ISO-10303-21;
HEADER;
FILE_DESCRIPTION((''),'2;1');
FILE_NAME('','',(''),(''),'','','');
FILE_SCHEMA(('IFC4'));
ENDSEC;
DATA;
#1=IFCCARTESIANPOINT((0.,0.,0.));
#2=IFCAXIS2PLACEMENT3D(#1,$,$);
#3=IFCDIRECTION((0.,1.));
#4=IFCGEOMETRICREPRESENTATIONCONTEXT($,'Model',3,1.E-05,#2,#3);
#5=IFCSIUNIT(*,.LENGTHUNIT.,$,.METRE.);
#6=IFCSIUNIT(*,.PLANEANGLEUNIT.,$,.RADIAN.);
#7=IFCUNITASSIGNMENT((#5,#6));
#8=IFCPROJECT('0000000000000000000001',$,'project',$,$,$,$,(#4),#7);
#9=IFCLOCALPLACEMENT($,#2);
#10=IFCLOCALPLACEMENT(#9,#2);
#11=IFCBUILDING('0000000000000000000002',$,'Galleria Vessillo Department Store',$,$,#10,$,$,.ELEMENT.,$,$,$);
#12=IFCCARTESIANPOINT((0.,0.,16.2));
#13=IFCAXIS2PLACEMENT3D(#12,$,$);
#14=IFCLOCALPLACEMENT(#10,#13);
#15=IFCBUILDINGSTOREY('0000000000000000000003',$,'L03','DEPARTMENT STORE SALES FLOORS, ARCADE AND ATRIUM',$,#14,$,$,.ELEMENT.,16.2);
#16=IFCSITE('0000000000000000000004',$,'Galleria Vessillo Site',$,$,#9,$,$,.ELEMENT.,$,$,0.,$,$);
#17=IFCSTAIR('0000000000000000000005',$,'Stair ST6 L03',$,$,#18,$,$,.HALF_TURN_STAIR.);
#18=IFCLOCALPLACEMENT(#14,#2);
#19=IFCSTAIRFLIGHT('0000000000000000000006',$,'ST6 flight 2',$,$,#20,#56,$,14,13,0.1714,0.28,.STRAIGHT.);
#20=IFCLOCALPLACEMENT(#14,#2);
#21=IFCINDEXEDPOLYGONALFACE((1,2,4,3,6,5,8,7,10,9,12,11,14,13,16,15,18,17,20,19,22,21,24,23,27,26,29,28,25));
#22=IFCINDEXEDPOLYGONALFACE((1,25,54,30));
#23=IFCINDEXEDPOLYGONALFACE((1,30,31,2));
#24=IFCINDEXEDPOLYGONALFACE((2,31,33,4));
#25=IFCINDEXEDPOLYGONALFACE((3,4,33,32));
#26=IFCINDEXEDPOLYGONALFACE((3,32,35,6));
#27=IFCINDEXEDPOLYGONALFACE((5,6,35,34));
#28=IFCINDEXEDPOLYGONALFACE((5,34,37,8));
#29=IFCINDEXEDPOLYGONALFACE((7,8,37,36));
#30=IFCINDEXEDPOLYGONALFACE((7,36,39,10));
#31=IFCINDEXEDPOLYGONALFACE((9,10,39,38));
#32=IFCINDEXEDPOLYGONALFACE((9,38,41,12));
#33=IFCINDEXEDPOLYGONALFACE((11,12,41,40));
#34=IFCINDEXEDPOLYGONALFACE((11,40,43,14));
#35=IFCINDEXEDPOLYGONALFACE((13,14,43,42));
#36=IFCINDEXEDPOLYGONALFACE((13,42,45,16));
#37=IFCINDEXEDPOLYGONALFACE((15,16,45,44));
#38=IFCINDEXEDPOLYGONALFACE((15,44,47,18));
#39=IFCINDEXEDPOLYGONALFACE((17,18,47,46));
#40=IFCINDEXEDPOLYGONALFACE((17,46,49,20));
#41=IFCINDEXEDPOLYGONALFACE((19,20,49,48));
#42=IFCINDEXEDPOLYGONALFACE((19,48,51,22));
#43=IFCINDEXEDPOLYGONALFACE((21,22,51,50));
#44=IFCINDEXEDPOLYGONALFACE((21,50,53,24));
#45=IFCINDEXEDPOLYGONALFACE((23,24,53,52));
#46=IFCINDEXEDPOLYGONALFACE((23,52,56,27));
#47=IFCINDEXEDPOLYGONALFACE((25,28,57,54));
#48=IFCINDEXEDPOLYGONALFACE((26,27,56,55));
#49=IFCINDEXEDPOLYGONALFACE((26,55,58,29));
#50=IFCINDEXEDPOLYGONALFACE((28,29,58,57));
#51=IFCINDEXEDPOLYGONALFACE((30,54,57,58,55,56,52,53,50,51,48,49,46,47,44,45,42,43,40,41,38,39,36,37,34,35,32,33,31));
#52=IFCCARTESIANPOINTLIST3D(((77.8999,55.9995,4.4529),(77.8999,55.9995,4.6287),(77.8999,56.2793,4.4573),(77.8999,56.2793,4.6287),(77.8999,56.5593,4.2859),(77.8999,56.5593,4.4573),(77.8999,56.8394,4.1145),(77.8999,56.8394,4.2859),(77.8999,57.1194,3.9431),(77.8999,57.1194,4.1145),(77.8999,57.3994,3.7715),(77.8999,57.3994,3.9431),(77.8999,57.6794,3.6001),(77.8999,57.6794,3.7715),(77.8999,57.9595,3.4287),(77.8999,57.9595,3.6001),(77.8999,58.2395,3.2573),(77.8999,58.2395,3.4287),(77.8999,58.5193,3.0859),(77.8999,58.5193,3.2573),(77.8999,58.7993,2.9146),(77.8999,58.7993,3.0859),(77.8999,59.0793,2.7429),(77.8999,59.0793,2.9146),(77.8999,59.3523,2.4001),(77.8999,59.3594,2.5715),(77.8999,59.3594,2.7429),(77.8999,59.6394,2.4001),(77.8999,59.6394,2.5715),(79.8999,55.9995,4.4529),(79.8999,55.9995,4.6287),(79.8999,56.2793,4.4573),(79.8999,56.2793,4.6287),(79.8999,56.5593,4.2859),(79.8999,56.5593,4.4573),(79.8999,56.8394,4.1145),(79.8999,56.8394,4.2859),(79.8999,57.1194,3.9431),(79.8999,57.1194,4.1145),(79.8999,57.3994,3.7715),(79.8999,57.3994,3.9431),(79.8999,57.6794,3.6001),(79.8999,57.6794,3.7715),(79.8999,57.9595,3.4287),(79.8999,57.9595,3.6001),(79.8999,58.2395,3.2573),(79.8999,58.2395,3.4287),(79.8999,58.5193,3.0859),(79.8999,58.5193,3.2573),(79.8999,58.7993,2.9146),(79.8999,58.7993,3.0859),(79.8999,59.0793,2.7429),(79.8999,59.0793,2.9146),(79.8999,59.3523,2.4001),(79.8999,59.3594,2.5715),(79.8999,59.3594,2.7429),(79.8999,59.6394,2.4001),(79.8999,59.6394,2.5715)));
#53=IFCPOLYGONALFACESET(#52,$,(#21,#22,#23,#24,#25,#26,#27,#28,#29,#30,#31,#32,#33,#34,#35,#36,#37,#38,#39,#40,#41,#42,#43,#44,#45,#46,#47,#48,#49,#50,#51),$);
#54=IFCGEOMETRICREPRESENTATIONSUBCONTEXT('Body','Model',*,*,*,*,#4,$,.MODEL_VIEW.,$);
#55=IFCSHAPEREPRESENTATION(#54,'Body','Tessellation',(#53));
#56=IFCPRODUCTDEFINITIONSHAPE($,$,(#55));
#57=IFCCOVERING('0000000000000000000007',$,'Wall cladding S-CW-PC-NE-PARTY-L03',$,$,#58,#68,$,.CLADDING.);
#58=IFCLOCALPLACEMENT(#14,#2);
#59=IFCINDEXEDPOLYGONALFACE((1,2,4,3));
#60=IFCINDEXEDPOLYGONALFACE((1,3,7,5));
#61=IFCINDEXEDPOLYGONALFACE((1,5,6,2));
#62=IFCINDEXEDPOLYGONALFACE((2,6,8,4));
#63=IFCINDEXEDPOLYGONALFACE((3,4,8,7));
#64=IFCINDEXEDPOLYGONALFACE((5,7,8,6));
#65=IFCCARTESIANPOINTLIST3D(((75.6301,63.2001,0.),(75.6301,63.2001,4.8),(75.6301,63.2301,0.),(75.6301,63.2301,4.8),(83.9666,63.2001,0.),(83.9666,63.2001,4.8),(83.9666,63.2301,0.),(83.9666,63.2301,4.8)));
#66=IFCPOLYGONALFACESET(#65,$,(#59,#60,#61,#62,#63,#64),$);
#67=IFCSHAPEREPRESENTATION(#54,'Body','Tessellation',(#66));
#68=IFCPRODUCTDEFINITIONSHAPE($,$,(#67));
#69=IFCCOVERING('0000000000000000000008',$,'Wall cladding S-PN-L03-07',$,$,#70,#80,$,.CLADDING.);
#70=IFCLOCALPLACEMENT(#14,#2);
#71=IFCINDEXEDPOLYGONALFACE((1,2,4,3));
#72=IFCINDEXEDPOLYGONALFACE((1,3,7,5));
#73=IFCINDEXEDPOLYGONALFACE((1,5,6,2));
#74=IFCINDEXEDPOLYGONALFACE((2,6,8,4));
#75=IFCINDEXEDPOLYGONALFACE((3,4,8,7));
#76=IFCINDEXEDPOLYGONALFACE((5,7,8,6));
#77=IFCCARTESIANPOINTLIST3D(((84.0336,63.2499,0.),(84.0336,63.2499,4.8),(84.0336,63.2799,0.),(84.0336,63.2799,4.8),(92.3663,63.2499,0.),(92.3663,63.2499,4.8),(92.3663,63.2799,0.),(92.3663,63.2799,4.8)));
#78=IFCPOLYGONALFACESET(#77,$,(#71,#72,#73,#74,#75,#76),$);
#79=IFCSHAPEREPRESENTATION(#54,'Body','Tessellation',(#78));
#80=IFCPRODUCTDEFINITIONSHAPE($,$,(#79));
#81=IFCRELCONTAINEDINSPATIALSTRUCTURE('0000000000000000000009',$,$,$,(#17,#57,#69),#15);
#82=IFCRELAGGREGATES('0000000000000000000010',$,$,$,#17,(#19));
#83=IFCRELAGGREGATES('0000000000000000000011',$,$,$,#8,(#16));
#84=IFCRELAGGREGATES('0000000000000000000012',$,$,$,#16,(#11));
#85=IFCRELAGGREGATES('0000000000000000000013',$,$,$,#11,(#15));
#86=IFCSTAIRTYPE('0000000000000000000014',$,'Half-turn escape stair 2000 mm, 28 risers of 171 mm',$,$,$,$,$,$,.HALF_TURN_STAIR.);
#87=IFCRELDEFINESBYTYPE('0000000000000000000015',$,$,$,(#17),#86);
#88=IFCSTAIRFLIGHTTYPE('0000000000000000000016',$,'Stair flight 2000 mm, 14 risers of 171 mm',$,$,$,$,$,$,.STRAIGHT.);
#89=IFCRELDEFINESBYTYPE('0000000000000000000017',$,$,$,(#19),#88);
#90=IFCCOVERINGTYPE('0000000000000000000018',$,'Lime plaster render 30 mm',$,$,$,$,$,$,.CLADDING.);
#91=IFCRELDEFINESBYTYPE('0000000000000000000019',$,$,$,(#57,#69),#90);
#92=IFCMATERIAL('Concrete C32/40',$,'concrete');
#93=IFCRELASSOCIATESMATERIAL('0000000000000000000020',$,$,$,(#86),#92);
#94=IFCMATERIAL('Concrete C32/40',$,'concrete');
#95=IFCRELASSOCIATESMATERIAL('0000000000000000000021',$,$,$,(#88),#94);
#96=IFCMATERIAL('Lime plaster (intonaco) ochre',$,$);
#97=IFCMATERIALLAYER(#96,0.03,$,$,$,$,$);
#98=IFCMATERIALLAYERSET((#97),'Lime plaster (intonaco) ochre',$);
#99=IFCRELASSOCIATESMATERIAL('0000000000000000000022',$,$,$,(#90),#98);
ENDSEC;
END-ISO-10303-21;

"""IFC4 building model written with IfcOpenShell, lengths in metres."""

from ifc_helpers import new_model, si_unit, direction, frame, origin, origin_2d, place, context, subcontext, project, spatial, polyline, rectangle, outline, extrude, material, layer, layer_set, type_object, element, aggregate, save


model = new_model("IFC4")

# Units and contexts
model_context = context("Model", 3, precision=1e-05, world=origin(), true_north=direction((0.0, 1.0)))
body_context = subcontext(model_context, "Body", "Model", "MODEL_VIEW")
ifc_project = project(units=[si_unit("LENGTHUNIT", "METRE"), si_unit("PLANEANGLEUNIT", "RADIAN")], contexts=[model_context])

# Site, building, storey
site_placement = place(None, origin())
site = spatial("IfcSite", under=ifc_project, at=site_placement, Name="Galleria Vessillo Site", CompositionType="ELEMENT", RefElevation=0.0)
building_placement = place(site_placement, origin())
building = spatial("IfcBuilding", under=site, at=building_placement, Name="Galleria Vessillo Department Store", CompositionType="ELEMENT")
storey_placement = place(building_placement, frame((0.0, 0.0, 16.2)))
storey = spatial("IfcBuildingStorey", under=building, at=storey_placement, Name="L03", Description="DEPARTMENT STORE SALES FLOORS, ARCADE AND ATRIUM", CompositionType="ELEMENT", Elevation=16.2)

# Stair, stair flight
ifc_material_1 = material(Name="Concrete C32/40", Category="concrete")
stair_type = type_object("IfcStairType", Name="Half-turn escape stair 2000 mm, 28 risers of 171 mm", PredefinedType="HALF_TURN_STAIR", material=ifc_material_1)
stair_placement = place(storey_placement, origin())
stair = element("IfcStair", 1, at=stair_placement, inside=storey, type_object=stair_type, Name="Stair ST6 L03", PredefinedType="HALF_TURN_STAIR")
ifc_material_2 = material(Name="Concrete C32/40", Category="concrete")
stair_flight_type = type_object("IfcStairFlightType", Name="Stair flight 2000 mm, 14 risers of 171 mm", PredefinedType="STRAIGHT", material=ifc_material_2)
stair_flight_placement = place(storey_placement, frame((78.8999, 59.6394, 2.4001), z_axis=(0.0, 0.0, 1.0), x_axis=(0.0, -1.0, 0.0)))
stair_flight = element("IfcStairFlight", 2, at=stair_flight_placement, type_object=stair_flight_type, Name="ST6 flight 2", NumberOfRisers=14, NumberOfTreads=13, PredefinedType="STRAIGHT", RiserHeight=0.1714, TreadLength=0.28, context=body_context, shape_type="SweptSolid", body=[
    extrude(outline(polyline([(0.0, 0.0), (0.0, 0.1714), (0.28, 0.1714), (0.28, 0.3428), (0.5601, 0.3428), (0.5601, 0.5144), (0.8401, 0.5144), (0.8401, 0.6858), (1.1201, 0.6858), (1.1201, 0.8572), (1.3999, 0.8572), (1.3999, 1.0286), (1.6799, 1.0286), (1.6799, 1.2), (1.96, 1.2), (1.96, 1.3713), (2.24, 1.3713), (2.24, 1.543), (2.52, 1.543), (2.52, 1.7144), (2.8, 1.7144), (2.8, 1.8857), (3.0801, 1.8857), (3.0801, 2.0571), (3.3601, 2.0571), (3.3601, 2.2285), (3.6399, 2.2285), (3.6399, 2.3999), (3.6399, 2.0527), (0.2871, 0.0), (0.0, 0.0)])), frame((0.0, 1.0, 0.0), z_axis=(0.0, -1.0, 0.0), x_axis=(1.0, 0.0, 0.0)), (0.0, 0.0, 1.0), 2.0),
])
aggregate(stair, [stair_flight])

# Coverings
ifc_material_3 = material(Name="Lime plaster (intonaco) ochre")
ifc_layer_1 = layer(ifc_material_3, 0.03)
ifc_layer_set_1 = layer_set([ifc_layer_1], Name="Lime plaster (intonaco) ochre")
covering_type = type_object("IfcCoveringType", Name="Lime plaster render 30 mm", PredefinedType="CLADDING", material=ifc_layer_set_1)
covering_1_placement = place(storey_placement, frame((79.7983, 63.2151, 0.0), z_axis=(0.0, 0.0, 1.0), x_axis=(1.0, 0.0, 0.0)))
element("IfcCovering", 3, at=covering_1_placement, inside=storey, type_object=covering_type, Name="Wall cladding S-CW-PC-NE-PARTY-L03", PredefinedType="CLADDING", context=body_context, shape_type="SweptSolid", body=[
    extrude(rectangle(XDim=8.3364, YDim=0.03, at=origin_2d()), origin(), (0.0, 0.0, 1.0), 4.8),
])
covering_2_placement = place(storey_placement, frame((88.2, 63.2649, 0.0), z_axis=(0.0, 0.0, 1.0), x_axis=(1.0, 0.0, 0.0)))
element("IfcCovering", 4, at=covering_2_placement, inside=storey, type_object=covering_type, Name="Wall cladding S-PN-L03-07", PredefinedType="CLADDING", context=body_context, shape_type="SweptSolid", body=[
    extrude(rectangle(XDim=8.3328, YDim=0.03, at=origin_2d()), origin(), (0.0, 0.0, 1.0), 4.8),
])

save(model, "model.ifc")
